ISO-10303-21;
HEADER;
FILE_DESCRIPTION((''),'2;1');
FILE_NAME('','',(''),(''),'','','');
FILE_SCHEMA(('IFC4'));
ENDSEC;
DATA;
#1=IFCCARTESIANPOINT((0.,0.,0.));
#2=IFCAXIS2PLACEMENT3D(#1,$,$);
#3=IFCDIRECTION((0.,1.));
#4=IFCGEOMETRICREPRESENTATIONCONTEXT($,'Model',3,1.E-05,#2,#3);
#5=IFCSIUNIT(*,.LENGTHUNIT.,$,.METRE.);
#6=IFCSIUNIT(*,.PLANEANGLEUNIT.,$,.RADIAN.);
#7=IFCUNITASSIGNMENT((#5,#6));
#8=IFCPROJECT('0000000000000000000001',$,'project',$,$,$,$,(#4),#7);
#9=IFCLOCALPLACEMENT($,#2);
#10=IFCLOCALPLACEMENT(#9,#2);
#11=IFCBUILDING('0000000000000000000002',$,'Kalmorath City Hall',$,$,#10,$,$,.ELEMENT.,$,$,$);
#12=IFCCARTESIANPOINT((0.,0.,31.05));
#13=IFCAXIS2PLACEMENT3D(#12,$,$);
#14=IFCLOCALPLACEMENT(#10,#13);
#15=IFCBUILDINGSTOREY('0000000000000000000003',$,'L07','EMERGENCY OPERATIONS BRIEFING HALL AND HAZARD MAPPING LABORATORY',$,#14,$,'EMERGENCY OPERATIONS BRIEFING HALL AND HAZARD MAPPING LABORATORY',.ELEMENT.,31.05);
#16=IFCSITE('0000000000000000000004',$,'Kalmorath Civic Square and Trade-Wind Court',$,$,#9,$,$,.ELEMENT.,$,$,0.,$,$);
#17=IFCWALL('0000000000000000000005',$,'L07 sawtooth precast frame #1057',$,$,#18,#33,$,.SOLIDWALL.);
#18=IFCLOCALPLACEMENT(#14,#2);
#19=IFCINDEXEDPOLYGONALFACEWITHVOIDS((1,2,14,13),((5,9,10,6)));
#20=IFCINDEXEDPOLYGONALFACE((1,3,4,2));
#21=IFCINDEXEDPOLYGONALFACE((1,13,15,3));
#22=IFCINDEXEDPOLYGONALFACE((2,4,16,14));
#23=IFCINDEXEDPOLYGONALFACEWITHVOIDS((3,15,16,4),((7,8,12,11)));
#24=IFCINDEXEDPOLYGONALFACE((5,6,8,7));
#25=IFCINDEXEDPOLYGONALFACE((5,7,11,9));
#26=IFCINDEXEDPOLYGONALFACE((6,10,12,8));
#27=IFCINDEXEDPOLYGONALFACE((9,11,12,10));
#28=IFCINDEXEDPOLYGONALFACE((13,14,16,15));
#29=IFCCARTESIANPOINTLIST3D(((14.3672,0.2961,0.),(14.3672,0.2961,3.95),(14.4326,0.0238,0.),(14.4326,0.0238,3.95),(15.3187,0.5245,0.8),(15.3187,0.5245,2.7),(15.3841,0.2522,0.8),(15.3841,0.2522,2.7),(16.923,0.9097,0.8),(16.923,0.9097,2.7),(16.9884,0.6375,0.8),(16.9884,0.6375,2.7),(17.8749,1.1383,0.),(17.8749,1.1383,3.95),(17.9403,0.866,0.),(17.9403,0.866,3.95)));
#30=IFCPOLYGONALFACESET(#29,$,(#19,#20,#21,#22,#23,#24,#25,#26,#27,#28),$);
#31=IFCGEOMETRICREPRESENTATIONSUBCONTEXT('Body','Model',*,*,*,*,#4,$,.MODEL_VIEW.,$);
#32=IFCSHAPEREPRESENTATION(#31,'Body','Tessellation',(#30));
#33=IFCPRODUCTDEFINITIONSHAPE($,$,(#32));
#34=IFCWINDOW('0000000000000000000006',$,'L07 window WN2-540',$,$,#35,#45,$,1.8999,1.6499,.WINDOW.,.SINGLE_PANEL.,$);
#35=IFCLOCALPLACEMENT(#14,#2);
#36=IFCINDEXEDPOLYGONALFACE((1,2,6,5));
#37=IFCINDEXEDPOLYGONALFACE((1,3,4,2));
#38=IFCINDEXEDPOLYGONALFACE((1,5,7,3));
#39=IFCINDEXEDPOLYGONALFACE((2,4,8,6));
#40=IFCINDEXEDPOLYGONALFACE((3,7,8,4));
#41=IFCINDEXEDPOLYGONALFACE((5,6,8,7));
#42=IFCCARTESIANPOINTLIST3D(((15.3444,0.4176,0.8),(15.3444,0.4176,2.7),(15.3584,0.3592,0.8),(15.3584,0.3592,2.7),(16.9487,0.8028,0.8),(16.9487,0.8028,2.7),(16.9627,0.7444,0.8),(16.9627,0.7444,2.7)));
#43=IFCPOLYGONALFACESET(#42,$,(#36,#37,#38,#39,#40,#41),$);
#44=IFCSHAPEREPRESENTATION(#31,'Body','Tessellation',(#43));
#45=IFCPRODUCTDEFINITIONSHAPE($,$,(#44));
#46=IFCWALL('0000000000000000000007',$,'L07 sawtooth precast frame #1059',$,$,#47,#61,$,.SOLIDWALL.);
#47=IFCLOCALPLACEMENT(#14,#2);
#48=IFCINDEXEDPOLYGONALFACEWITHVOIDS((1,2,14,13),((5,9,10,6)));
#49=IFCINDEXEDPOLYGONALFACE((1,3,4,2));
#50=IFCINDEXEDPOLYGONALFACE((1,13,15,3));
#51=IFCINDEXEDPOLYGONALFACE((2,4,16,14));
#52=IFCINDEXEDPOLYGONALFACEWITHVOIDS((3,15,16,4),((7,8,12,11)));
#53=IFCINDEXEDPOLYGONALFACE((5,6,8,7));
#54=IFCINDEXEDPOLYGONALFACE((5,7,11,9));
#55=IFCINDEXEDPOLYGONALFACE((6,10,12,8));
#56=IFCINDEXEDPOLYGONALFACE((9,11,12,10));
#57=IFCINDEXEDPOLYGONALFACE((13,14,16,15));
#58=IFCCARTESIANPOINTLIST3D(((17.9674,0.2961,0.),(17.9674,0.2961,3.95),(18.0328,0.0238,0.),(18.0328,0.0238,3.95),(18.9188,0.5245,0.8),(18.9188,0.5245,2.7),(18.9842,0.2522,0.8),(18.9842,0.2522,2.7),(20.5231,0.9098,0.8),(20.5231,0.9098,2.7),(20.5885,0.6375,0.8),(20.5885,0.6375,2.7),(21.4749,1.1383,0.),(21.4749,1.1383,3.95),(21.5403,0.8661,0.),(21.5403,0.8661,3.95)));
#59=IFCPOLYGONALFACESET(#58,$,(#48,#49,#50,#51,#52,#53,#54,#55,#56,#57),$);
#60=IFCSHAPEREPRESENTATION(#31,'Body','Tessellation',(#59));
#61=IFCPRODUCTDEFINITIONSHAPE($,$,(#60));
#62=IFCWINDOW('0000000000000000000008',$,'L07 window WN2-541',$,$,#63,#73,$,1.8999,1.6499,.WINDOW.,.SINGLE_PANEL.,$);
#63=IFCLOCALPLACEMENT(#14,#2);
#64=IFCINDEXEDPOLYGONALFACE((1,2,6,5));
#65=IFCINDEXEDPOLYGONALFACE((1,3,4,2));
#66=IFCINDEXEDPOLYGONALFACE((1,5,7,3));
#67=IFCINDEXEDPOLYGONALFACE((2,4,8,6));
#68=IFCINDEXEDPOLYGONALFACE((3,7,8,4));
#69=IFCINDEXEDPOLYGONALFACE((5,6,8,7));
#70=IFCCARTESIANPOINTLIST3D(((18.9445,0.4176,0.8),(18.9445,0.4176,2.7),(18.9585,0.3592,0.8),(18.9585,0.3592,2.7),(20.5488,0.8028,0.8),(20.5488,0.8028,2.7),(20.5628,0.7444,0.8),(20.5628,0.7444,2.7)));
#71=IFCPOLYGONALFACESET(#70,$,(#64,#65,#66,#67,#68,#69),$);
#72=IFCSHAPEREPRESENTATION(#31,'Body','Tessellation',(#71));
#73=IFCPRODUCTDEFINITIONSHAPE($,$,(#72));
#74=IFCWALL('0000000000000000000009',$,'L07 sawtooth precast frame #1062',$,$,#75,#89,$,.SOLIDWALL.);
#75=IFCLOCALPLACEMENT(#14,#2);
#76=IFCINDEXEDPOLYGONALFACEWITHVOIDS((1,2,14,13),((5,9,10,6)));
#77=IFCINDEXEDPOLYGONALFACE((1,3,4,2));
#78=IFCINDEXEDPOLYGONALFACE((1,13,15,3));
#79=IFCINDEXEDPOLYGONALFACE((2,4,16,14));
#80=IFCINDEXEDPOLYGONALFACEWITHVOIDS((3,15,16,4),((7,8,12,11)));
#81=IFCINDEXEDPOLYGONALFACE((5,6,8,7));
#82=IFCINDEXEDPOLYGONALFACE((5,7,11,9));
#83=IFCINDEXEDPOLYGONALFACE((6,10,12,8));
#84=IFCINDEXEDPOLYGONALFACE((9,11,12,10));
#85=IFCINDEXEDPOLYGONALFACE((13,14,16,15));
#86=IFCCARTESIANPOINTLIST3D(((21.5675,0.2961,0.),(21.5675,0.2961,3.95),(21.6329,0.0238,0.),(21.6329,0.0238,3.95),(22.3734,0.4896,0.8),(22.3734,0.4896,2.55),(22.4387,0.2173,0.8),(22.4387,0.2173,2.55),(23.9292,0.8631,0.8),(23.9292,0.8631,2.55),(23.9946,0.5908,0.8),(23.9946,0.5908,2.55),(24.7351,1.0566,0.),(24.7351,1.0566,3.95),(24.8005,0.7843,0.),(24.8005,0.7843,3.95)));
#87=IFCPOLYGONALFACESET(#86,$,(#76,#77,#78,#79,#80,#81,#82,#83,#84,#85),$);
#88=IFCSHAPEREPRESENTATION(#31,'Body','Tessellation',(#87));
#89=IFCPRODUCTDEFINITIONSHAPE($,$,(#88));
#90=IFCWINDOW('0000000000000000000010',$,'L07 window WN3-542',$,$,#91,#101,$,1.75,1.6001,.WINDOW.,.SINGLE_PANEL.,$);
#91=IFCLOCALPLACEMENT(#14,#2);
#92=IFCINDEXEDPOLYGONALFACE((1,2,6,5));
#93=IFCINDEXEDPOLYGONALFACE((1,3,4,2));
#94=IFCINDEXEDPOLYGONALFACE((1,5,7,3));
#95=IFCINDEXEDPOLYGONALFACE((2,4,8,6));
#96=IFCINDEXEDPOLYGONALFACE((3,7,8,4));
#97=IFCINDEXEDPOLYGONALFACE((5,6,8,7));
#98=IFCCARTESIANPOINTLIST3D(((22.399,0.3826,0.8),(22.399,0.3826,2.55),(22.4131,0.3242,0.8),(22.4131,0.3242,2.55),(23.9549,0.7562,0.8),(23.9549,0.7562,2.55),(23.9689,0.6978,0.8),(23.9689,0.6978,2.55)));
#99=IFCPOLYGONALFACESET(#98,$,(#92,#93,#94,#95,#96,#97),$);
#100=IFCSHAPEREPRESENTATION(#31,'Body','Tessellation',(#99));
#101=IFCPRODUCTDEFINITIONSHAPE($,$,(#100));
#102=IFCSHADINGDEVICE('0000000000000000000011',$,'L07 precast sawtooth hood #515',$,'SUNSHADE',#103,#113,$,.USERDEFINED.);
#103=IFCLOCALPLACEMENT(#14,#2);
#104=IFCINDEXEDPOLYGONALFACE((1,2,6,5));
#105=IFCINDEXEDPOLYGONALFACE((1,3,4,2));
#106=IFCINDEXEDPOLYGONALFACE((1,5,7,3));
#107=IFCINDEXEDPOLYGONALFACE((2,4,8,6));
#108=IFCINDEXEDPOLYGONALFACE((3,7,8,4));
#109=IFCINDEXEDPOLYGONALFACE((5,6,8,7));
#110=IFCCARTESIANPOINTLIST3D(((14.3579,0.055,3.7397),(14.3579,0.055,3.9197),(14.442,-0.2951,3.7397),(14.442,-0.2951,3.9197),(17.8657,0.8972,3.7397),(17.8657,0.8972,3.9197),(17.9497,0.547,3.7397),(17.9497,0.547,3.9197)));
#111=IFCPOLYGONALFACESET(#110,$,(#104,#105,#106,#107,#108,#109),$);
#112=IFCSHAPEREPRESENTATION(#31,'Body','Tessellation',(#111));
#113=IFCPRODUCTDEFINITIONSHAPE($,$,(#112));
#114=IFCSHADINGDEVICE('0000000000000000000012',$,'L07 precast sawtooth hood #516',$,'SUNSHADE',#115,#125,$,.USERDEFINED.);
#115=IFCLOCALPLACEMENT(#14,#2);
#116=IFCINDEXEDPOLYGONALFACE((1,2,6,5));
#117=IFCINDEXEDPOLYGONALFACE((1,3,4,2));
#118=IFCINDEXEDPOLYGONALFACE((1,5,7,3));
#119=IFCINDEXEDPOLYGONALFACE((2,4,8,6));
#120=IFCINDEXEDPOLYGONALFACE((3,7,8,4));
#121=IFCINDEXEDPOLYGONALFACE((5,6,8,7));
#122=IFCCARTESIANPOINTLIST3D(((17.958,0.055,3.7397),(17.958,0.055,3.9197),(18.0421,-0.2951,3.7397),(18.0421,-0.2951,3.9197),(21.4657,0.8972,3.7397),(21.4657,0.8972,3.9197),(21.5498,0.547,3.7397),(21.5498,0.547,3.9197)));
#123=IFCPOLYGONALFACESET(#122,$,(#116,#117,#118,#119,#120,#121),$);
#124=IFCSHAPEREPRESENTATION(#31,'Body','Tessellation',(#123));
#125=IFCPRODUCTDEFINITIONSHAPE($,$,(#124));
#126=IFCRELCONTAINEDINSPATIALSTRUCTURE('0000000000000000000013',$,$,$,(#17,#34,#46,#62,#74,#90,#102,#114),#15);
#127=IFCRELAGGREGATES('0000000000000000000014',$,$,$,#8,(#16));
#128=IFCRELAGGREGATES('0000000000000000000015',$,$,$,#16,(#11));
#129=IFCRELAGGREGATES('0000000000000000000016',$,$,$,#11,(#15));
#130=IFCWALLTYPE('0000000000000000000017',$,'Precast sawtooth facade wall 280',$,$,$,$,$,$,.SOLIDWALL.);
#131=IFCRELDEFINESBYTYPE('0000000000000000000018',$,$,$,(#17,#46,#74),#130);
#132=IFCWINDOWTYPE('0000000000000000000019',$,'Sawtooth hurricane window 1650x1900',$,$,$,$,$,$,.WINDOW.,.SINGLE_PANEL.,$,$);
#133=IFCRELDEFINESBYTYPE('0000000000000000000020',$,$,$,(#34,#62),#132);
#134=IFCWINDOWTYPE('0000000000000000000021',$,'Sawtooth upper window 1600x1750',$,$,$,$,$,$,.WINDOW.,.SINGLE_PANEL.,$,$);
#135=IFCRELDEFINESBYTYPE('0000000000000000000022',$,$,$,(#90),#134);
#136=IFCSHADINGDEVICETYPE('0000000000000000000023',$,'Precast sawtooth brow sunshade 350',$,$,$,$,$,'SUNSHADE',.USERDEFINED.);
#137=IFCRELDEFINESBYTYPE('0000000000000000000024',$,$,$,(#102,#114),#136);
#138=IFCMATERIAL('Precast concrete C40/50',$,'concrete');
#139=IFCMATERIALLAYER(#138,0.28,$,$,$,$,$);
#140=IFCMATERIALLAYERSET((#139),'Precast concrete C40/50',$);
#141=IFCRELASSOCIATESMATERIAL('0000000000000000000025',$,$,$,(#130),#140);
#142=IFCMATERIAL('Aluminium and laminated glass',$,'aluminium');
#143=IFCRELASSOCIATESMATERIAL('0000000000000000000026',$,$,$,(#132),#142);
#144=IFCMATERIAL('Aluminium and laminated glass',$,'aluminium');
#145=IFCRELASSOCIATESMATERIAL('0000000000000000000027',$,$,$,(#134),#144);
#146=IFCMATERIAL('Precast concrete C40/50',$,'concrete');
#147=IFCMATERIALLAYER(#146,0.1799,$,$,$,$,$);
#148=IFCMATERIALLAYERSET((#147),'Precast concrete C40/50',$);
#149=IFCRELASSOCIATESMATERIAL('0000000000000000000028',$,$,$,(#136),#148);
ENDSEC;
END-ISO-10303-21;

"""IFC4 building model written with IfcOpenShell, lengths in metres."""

from ifc_helpers import new_model, si_unit, direction, frame, frame_2d, origin, origin_2d, place, context, subcontext, project, spatial, rectangle, extrude, material, layer, layer_set, type_object, element, fill, save


model = new_model("IFC4")

# Units and contexts
model_context = context("Model", 3, precision=1e-05, world=origin(), true_north=direction((0.0, 1.0)))
body_context = subcontext(model_context, "Body", "Model", "MODEL_VIEW")
ifc_project = project(units=[si_unit("LENGTHUNIT", "METRE"), si_unit("PLANEANGLEUNIT", "RADIAN")], contexts=[model_context])

# Site, building, storey
site_placement = place(None, origin())
site = spatial("IfcSite", under=ifc_project, at=site_placement, Name="Kalmorath Civic Square and Trade-Wind Court", CompositionType="ELEMENT", RefElevation=0.0)
building_placement = place(site_placement, origin())
building = spatial("IfcBuilding", under=site, at=building_placement, Name="Kalmorath City Hall", CompositionType="ELEMENT")
storey_placement = place(building_placement, frame((0.0, 0.0, 31.05)))
storey = spatial("IfcBuildingStorey", under=building, at=storey_placement, Name="L07", Description="EMERGENCY OPERATIONS BRIEFING HALL AND HAZARD MAPPING LABORATORY", LongName="EMERGENCY OPERATIONS BRIEFING HALL AND HAZARD MAPPING LABORATORY", CompositionType="ELEMENT", Elevation=31.05)

# Walls, openings, windows
ifc_material_1 = material(Name="Precast concrete C40/50", Category="concrete")
ifc_layer_1 = layer(ifc_material_1, 0.28)
ifc_layer_set_1 = layer_set([ifc_layer_1], Name="Precast concrete C40/50")
wall_type_1 = type_object("IfcWallType", Name="Precast sawtooth facade wall 280", PredefinedType="SOLIDWALL", material=ifc_layer_set_1)
wall_1_placement = place(storey_placement, frame((14.3999, 0.1599, 0.0), z_axis=(0.0, 0.0, 1.0), x_axis=(0.972361, 0.23348, 0.0)))
wall_1 = element("IfcWall", 1, at=wall_1_placement, inside=storey, type_object=wall_type_1, Name="L07 sawtooth precast frame #1057", PredefinedType="SOLIDWALL", context=body_context, shape_type="SweptSolid", body=[
    extrude(rectangle(XDim=3.6074, YDim=0.28, at=frame_2d((1.8037, 0.0))), origin(), (0.0, 0.0, 1.0), 3.95),
])
opening_1_placement = place(wall_1_placement, frame((0.9785, 0.0, 0.8)))
opening_1 = element("IfcOpeningElement", 2, at=opening_1_placement, cuts=wall_1, PredefinedType="OPENING", context=body_context, shape_type="SweptSolid", body=[
    extrude(rectangle(XDim=1.6499, YDim=1.8999, at=frame_2d((0.825, 0.95))), frame((0.0, 0.1499, 0.0), z_axis=(0.0, -1.0, 0.0), x_axis=(1.0, 0.0, 0.0)), (0.0, 0.0, 1.0), 0.3),
])
ifc_material_2 = material(Name="Aluminium and laminated glass", Category="aluminium")
window_type_1 = type_object("IfcWindowType", Name="Sawtooth hurricane window 1650x1900", PartitioningType="SINGLE_PANEL", PredefinedType="WINDOW", material=ifc_material_2)
window_1_placement = place(opening_1_placement, origin())
window_1 = element("IfcWindow", 3, at=window_1_placement, inside=storey, type_object=window_type_1, Name="L07 window WN2-540", OverallHeight=1.8999, OverallWidth=1.6499, PartitioningType="SINGLE_PANEL", PredefinedType="WINDOW", context=body_context, shape_type="SweptSolid", body=[
    extrude(rectangle(XDim=1.6499, YDim=1.8999, at=frame_2d((0.825, 0.95))), frame((0.0, 0.03, 0.0), z_axis=(0.0, -1.0, 0.0), x_axis=(1.0, 0.0, 0.0)), (0.0, 0.0, 1.0), 0.0601),
])
fill(opening_1, window_1)
wall_2_placement = place(storey_placement, frame((18.0, 0.1599, 0.0), z_axis=(0.0, 0.0, 1.0), x_axis=(0.972358, 0.233496, 0.0)))
wall_2 = element("IfcWall", 4, at=wall_2_placement, inside=storey, type_object=wall_type_1, Name="L07 sawtooth precast frame #1059", PredefinedType="SOLIDWALL", context=body_context, shape_type="SweptSolid", body=[
    extrude(rectangle(XDim=3.6072, YDim=0.28, at=frame_2d((1.8037, 0.0))), origin(), (0.0, 0.0, 1.0), 3.95),
])
opening_2_placement = place(wall_2_placement, frame((0.9785, 0.0, 0.8)))
opening_2 = element("IfcOpeningElement", 5, at=opening_2_placement, cuts=wall_2, PredefinedType="OPENING", context=body_context, shape_type="SweptSolid", body=[
    extrude(rectangle(XDim=1.6499, YDim=1.8999, at=frame_2d((0.825, 0.95))), frame((0.0, 0.1499, 0.0), z_axis=(0.0, -1.0, 0.0), x_axis=(1.0, 0.0, 0.0)), (0.0, 0.0, 1.0), 0.3),
])
window_2_placement = place(opening_2_placement, origin())
window_2 = element("IfcWindow", 6, at=window_2_placement, inside=storey, type_object=window_type_1, Name="L07 window WN2-541", OverallHeight=1.8999, OverallWidth=1.6499, PartitioningType="SINGLE_PANEL", PredefinedType="WINDOW", context=body_context, shape_type="SweptSolid", body=[
    extrude(rectangle(XDim=1.6499, YDim=1.8999, at=frame_2d((0.825, 0.95))), frame((0.0, 0.03, 0.0), z_axis=(0.0, -1.0, 0.0), x_axis=(1.0, 0.0, 0.0)), (0.0, 0.0, 1.0), 0.0601),
])
fill(opening_2, window_2)
wall_3_placement = place(storey_placement, frame((21.6001, 0.1599, 0.0), z_axis=(0.0, 0.0, 1.0), x_axis=(0.972366, 0.233461, 0.0)))
wall_3 = element("IfcWall", 7, at=wall_3_placement, inside=storey, type_object=wall_type_1, Name="L07 sawtooth precast frame #1062", PredefinedType="SOLIDWALL", context=body_context, shape_type="SweptSolid", body=[
    extrude(rectangle(XDim=3.2576, YDim=0.28, at=frame_2d((1.6289, 0.0))), origin(), (0.0, 0.0, 1.0), 3.95),
])
opening_3_placement = place(wall_3_placement, frame((0.8289, 0.0, 0.8)))
opening_3 = element("IfcOpeningElement", 8, at=opening_3_placement, cuts=wall_3, PredefinedType="OPENING", context=body_context, shape_type="SweptSolid", body=[
    extrude(rectangle(XDim=1.6001, YDim=1.75, at=frame_2d((0.8, 0.875))), frame((0.0, 0.1499, 0.0), z_axis=(0.0, -1.0, 0.0), x_axis=(1.0, 0.0, 0.0)), (0.0, 0.0, 1.0), 0.3),
])
ifc_material_3 = material(Name="Aluminium and laminated glass", Category="aluminium")
window_type_2 = type_object("IfcWindowType", Name="Sawtooth upper window 1600x1750", PartitioningType="SINGLE_PANEL", PredefinedType="WINDOW", material=ifc_material_3)
window_3_placement = place(opening_3_placement, origin())
window_3 = element("IfcWindow", 9, at=window_3_placement, inside=storey, type_object=window_type_2, Name="L07 window WN3-542", OverallHeight=1.75, OverallWidth=1.6001, PartitioningType="SINGLE_PANEL", PredefinedType="WINDOW", context=body_context, shape_type="SweptSolid", body=[
    extrude(rectangle(XDim=1.6001, YDim=1.75, at=frame_2d((0.8, 0.875))), frame((0.0, 0.03, 0.0), z_axis=(0.0, -1.0, 0.0), x_axis=(1.0, 0.0, 0.0)), (0.0, 0.0, 1.0), 0.0601),
])
fill(opening_3, window_3)

# Shading devices
ifc_material_4 = material(Name="Precast concrete C40/50", Category="concrete")
ifc_layer_2 = layer(ifc_material_4, 0.1799)
ifc_layer_set_2 = layer_set([ifc_layer_2], Name="Precast concrete C40/50")
shading_device_type = type_object("IfcShadingDeviceType", Name="Precast sawtooth brow sunshade 350", ElementType="SUNSHADE", PredefinedType="USERDEFINED", material=ifc_layer_set_2)
for number, where, z_axis, x_axis, name in (
    (10, (16.1538, 0.301, 3.7397), (0.0, 0.0, 1.0), (0.97237, 0.233445, 0.0), "L07 precast sawtooth hood #515"),
    (11, (19.7539, 0.301, 3.7397), (0.0, 0.0, 1.0), (0.97237, 0.233445, 0.0), "L07 precast sawtooth hood #516"),
):
    element("IfcShadingDevice", number, at=place(storey_placement, frame(where, z_axis=z_axis, x_axis=x_axis)), inside=storey, type_object=shading_device_type, Name=name, ObjectType="SUNSHADE", PredefinedType="USERDEFINED", context=body_context, shape_type="SweptSolid", body=[
        extrude(rectangle(XDim=3.6074, YDim=0.3601, at=origin_2d()), origin(), (0.0, 0.0, 1.0), 0.1799),
    ])

save(model, "model.ifc")
